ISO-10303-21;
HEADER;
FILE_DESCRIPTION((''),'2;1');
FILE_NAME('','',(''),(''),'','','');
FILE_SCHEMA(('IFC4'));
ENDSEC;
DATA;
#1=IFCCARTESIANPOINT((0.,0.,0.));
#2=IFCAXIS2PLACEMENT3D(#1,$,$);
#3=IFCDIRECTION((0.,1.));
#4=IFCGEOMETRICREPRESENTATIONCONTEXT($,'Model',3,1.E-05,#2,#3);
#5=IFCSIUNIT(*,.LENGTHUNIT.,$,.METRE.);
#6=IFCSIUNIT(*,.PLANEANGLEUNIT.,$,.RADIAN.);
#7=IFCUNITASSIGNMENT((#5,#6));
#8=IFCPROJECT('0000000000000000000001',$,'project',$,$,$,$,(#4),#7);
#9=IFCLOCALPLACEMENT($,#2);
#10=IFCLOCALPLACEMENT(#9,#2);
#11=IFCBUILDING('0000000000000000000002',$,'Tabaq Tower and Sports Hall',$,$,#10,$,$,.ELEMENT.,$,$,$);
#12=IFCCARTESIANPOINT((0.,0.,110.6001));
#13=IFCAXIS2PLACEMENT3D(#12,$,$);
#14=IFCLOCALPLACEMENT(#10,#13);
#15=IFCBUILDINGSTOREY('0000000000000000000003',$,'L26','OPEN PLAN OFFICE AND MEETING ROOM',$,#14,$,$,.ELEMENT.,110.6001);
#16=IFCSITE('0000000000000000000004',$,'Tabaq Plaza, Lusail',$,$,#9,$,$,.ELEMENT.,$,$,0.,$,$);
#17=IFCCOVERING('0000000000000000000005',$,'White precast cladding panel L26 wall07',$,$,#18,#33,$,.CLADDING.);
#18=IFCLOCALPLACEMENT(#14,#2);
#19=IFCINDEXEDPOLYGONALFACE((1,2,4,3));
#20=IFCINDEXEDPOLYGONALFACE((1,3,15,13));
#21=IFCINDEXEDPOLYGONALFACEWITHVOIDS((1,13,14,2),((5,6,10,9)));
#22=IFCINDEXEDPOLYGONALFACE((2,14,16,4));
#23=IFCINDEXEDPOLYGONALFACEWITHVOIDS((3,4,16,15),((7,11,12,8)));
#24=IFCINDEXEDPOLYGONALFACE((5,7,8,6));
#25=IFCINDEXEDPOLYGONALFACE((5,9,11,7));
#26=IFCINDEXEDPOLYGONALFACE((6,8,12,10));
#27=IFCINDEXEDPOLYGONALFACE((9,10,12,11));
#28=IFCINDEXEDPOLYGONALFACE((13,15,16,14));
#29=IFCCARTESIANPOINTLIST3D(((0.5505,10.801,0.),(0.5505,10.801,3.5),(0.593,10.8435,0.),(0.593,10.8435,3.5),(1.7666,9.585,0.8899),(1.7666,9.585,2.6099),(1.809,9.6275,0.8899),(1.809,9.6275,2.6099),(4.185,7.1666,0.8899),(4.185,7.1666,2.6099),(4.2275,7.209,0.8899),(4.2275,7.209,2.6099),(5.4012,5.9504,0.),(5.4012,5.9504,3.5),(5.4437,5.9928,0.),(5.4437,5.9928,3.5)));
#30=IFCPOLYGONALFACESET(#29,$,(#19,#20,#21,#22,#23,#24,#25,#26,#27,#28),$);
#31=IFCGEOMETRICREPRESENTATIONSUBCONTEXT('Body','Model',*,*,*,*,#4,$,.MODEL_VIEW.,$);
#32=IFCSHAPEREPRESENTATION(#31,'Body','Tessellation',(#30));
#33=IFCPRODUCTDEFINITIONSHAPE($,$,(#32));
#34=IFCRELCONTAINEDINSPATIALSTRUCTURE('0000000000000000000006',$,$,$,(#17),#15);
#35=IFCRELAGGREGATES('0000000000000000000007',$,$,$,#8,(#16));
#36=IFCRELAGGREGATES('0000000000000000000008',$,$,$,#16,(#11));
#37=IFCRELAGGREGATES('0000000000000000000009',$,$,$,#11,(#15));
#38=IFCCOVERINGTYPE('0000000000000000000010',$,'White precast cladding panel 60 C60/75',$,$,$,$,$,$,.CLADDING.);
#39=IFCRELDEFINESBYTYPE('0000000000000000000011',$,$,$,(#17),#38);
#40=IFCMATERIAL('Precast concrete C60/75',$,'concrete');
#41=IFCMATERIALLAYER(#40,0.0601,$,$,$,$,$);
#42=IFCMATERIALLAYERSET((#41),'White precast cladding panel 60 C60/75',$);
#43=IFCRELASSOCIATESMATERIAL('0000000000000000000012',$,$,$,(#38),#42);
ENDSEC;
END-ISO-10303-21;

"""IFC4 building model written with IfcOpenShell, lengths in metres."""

from ifc_helpers import new_model, si_unit, direction, frame, origin, place, context, subcontext, project, spatial, polyline, outline, extrude, material, layer, layer_set, type_object, element, save


model = new_model("IFC4")

# Units and contexts
model_context = context("Model", 3, precision=1e-05, world=origin(), true_north=direction((0.0, 1.0)))
body_context = subcontext(model_context, "Body", "Model", "MODEL_VIEW")
ifc_project = project(units=[si_unit("LENGTHUNIT", "METRE"), si_unit("PLANEANGLEUNIT", "RADIAN")], contexts=[model_context])

# Site, building, storey
site_placement = place(None, origin())
site = spatial("IfcSite", under=ifc_project, at=site_placement, Name="Tabaq Plaza, Lusail", CompositionType="ELEMENT", RefElevation=0.0)
building_placement = place(site_placement, origin())
building = spatial("IfcBuilding", under=site, at=building_placement, Name="Tabaq Tower and Sports Hall", CompositionType="ELEMENT")
storey_placement = place(building_placement, frame((0.0, 0.0, 110.6001)))
storey = spatial("IfcBuildingStorey", under=building, at=storey_placement, Name="L26", Description="OPEN PLAN OFFICE AND MEETING ROOM", CompositionType="ELEMENT", Elevation=110.6001)

# Covering
ifc_material_1 = material(Name="Precast concrete C60/75", Category="concrete")
ifc_layer_1 = layer(ifc_material_1, 0.0601)
ifc_layer_set_1 = layer_set([ifc_layer_1], Name="White precast cladding panel 60 C60/75")
covering_type_1 = type_object("IfcCoveringType", Name="White precast cladding panel 60 C60/75", PredefinedType="CLADDING", material=ifc_layer_set_1)
covering_1_placement = place(storey_placement, frame((0.5718, 10.8223, 0.0), z_axis=(0.0, 0.0, 1.0), x_axis=(0.707107, -0.707107, 0.0)))
element("IfcCovering", 1, at=covering_1_placement, inside=storey, type_object=covering_type_1, Name="White precast cladding panel L26 wall07", PredefinedType="CLADDING", context=body_context, shape_type="SweptSolid", body=[
    extrude(outline(polyline([(0.0, 0.0), (6.8599, 0.0), (6.8599, 3.5), (0.0, 3.5), (0.0, 0.0)]), holes=[polyline([(1.7197, 0.8899), (1.7197, 2.6099), (5.1399, 2.6099), (5.1399, 0.8899), (1.7197, 0.8899)])]), frame((0.0, 0.03, 0.0), z_axis=(0.0, -1.0, 0.0), x_axis=(1.0, 0.0, 0.0)), (0.0, 0.0, 1.0), 0.0601),
])

save(model, "model.ifc")
